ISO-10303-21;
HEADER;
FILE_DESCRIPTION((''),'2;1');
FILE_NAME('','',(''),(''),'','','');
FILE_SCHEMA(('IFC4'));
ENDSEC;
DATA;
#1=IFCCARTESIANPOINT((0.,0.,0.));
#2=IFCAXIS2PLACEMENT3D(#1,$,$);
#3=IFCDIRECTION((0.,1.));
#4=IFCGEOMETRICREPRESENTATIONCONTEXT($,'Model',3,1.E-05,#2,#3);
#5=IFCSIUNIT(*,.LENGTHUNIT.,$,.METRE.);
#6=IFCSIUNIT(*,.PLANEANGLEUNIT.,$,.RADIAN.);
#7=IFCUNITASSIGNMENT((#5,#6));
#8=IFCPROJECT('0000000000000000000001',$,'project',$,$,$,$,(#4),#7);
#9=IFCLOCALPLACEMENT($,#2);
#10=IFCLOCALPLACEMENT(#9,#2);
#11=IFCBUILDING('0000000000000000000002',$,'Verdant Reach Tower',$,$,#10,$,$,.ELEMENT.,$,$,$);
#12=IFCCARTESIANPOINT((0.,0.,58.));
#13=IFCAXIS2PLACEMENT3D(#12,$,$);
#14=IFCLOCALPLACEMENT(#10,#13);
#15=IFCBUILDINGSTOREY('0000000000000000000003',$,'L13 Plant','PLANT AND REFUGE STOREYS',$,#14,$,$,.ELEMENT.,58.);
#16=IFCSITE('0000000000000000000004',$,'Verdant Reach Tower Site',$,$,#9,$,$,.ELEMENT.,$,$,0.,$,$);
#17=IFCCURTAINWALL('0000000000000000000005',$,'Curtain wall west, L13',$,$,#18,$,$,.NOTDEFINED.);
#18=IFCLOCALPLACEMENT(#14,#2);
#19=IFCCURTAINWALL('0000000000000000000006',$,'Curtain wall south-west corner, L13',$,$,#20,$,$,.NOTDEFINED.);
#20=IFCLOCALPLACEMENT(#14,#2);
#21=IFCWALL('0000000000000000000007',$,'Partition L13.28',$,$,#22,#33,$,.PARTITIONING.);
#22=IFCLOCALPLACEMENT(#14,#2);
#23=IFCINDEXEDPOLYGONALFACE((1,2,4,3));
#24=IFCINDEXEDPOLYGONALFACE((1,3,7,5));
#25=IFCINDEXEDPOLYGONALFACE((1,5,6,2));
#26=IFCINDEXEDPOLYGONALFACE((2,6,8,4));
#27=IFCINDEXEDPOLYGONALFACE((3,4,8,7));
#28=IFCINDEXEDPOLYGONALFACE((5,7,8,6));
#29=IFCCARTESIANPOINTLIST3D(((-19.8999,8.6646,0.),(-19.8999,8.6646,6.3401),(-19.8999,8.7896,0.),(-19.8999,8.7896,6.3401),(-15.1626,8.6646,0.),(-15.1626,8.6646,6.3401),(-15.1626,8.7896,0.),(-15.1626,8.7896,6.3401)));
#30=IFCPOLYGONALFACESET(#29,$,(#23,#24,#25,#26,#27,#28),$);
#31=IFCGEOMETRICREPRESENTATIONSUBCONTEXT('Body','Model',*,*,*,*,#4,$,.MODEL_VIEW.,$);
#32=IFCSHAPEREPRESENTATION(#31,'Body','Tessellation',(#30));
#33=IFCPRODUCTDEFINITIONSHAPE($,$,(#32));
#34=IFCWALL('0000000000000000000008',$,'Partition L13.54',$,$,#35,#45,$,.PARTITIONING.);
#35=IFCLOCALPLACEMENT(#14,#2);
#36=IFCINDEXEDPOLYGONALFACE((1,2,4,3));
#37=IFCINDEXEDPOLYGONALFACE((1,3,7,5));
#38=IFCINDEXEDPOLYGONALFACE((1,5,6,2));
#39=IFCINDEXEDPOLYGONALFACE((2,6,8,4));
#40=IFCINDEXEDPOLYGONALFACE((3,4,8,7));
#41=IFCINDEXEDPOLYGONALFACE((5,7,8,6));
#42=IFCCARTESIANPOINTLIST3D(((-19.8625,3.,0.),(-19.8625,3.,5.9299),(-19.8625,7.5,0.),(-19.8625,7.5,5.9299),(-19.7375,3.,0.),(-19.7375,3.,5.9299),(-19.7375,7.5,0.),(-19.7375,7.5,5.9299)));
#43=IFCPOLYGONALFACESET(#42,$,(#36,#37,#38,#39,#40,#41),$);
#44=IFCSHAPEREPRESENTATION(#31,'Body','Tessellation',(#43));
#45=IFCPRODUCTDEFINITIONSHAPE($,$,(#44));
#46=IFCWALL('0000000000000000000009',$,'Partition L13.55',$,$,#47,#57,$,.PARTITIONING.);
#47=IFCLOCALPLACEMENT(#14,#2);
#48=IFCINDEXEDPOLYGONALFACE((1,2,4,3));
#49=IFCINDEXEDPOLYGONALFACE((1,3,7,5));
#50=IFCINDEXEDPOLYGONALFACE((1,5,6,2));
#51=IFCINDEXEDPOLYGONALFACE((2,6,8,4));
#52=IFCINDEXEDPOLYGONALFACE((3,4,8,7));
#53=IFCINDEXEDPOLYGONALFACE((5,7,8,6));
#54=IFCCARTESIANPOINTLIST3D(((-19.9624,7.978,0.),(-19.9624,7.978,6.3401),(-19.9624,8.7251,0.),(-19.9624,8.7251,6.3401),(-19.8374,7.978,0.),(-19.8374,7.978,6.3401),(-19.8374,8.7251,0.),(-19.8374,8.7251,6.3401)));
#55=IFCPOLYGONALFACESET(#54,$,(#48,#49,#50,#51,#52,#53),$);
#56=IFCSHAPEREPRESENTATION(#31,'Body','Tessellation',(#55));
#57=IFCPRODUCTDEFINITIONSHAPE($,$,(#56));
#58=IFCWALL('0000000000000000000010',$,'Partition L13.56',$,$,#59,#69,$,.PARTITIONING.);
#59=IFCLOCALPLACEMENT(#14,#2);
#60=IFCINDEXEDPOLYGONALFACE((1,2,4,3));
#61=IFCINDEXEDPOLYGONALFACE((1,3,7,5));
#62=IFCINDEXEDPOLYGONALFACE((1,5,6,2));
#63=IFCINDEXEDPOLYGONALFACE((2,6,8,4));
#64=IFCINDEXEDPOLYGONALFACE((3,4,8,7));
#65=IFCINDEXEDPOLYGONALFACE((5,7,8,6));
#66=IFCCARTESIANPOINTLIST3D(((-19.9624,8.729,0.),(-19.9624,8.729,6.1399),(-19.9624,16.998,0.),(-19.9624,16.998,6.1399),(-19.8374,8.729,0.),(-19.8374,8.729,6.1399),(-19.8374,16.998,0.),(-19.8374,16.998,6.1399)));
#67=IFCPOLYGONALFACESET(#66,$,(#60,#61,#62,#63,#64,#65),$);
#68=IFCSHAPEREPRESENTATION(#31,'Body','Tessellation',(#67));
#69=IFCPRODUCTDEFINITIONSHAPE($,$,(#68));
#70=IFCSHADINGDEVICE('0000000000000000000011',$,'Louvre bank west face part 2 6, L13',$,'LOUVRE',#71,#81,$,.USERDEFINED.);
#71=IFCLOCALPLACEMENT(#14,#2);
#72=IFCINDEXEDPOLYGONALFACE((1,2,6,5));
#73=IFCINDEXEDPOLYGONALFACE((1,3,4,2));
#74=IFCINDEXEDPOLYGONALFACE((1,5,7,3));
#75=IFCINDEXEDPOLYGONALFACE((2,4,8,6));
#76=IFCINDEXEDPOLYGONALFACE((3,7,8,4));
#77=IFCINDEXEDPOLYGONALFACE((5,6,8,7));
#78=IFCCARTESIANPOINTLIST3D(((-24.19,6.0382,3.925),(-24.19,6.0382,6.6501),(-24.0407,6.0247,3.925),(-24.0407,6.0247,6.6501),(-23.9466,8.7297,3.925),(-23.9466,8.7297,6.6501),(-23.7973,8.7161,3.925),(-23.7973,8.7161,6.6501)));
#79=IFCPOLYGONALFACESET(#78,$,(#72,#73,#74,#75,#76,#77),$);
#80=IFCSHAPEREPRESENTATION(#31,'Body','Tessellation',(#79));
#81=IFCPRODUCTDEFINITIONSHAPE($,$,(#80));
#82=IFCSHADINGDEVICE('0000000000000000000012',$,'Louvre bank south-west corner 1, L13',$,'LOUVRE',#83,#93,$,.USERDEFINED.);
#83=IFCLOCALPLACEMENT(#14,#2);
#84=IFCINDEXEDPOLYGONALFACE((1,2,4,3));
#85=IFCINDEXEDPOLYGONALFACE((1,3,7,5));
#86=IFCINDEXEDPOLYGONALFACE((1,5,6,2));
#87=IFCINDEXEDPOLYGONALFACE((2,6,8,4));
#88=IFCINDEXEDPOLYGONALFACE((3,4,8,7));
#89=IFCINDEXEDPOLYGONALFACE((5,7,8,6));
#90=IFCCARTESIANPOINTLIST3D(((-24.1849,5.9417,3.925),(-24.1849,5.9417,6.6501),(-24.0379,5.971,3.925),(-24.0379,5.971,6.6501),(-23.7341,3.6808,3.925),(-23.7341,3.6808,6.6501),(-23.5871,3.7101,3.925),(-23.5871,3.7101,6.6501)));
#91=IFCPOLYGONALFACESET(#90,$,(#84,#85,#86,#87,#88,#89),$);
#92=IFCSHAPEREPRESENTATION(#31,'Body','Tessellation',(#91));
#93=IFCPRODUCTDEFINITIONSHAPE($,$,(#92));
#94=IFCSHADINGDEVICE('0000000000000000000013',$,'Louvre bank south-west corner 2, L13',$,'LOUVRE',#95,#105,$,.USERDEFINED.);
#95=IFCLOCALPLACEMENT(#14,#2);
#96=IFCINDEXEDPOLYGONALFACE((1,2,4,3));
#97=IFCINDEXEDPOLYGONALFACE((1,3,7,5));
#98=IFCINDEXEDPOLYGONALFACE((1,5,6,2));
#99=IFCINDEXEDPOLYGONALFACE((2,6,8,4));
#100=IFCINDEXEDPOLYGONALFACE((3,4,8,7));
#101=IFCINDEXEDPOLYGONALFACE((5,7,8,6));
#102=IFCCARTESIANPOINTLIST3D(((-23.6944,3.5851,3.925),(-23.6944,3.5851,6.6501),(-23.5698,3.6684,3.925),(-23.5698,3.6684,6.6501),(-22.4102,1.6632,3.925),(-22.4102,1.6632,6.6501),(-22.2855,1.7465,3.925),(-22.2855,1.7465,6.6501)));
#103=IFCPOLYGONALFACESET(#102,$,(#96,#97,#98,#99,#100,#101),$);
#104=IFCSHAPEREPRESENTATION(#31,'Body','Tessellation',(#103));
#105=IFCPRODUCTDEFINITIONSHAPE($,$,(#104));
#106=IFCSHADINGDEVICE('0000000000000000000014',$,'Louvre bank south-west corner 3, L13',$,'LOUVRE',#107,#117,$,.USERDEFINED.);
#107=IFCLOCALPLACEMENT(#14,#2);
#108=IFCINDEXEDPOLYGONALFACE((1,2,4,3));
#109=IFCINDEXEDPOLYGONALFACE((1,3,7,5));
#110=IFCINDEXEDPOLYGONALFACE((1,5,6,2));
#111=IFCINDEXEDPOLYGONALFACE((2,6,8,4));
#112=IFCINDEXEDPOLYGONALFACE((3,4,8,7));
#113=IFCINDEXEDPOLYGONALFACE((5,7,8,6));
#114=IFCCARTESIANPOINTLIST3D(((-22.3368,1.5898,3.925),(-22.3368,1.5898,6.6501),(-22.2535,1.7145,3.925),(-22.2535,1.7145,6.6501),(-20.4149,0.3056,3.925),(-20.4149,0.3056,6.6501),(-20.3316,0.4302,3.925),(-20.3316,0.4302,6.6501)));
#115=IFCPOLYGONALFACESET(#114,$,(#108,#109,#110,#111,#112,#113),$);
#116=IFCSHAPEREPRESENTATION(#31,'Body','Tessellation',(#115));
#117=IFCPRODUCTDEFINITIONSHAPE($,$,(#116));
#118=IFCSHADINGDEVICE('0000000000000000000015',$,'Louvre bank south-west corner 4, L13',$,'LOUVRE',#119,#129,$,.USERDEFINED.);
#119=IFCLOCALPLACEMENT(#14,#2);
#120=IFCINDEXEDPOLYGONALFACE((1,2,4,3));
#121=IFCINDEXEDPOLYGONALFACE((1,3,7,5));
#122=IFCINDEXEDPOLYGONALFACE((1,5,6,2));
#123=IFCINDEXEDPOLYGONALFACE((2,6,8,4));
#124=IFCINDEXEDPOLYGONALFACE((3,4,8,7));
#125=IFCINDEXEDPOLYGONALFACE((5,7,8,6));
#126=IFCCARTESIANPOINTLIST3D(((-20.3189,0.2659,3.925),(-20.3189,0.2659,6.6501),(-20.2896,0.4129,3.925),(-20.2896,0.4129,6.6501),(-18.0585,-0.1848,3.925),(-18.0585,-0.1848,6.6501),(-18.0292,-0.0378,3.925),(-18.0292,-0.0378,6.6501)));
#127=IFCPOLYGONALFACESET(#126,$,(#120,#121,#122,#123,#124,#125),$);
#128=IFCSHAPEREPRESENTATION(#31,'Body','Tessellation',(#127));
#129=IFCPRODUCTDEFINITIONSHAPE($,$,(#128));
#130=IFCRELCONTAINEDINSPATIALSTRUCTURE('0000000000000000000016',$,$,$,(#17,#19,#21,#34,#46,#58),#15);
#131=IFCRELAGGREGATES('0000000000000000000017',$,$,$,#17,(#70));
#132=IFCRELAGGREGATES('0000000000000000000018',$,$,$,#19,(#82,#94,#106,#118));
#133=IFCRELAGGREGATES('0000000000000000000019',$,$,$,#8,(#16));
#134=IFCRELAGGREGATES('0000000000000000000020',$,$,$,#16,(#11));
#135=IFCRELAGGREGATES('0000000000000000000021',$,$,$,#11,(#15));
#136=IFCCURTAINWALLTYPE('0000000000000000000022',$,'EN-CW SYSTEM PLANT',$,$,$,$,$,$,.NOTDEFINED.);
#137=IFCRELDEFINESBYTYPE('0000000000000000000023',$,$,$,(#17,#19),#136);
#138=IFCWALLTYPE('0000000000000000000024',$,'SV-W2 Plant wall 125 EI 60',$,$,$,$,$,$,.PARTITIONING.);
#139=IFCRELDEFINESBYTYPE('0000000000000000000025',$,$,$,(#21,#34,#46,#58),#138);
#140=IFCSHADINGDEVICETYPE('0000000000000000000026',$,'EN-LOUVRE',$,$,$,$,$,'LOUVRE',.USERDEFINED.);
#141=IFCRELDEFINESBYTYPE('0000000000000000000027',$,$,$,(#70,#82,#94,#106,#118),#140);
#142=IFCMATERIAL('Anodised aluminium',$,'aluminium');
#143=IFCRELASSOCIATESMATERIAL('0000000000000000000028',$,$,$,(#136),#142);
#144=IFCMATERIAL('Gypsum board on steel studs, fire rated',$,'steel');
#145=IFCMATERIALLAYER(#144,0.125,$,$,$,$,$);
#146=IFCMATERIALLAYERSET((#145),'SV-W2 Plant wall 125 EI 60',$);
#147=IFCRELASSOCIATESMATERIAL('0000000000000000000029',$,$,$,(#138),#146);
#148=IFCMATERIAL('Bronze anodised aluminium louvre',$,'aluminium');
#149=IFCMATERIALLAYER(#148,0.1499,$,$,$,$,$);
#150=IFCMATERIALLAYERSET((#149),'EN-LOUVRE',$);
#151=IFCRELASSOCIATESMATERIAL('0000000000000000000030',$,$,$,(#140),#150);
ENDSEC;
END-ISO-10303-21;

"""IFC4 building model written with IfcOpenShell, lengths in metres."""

from ifc_helpers import new_model, si_unit, direction, frame, frame_2d, origin, origin_2d, place, context, subcontext, project, spatial, rectangle, extrude, material, layer, layer_set, type_object, element, aggregate, save


model = new_model("IFC4")

# Units and contexts
model_context = context("Model", 3, precision=1e-05, world=origin(), true_north=direction((0.0, 1.0)))
body_context = subcontext(model_context, "Body", "Model", "MODEL_VIEW")
ifc_project = project(units=[si_unit("LENGTHUNIT", "METRE"), si_unit("PLANEANGLEUNIT", "RADIAN")], contexts=[model_context])

# Site, building, storey
site_placement = place(None, origin())
site = spatial("IfcSite", under=ifc_project, at=site_placement, Name="Verdant Reach Tower Site", CompositionType="ELEMENT", RefElevation=0.0)
building_placement = place(site_placement, origin())
building = spatial("IfcBuilding", under=site, at=building_placement, Name="Verdant Reach Tower", CompositionType="ELEMENT")
storey_placement = place(building_placement, frame((0.0, 0.0, 58.0)))
storey = spatial("IfcBuildingStorey", under=building, at=storey_placement, Name="L13 Plant", Description="PLANT AND REFUGE STOREYS", CompositionType="ELEMENT", Elevation=58.0)

# Curtain wall
ifc_material_1 = material(Name="Anodised aluminium", Category="aluminium")
curtain_wall_type = type_object("IfcCurtainWallType", Name="EN-CW SYSTEM PLANT", PredefinedType="NOTDEFINED", material=ifc_material_1)
curtain_wall_1_placement = place(storey_placement, origin())
curtain_wall_1 = element("IfcCurtainWall", 1, at=curtain_wall_1_placement, inside=storey, type_object=curtain_wall_type, Name="Curtain wall west, L13", PredefinedType="NOTDEFINED")

# Curtain wall
curtain_wall_2_placement = place(storey_placement, origin())
curtain_wall_2 = element("IfcCurtainWall", 2, at=curtain_wall_2_placement, inside=storey, type_object=curtain_wall_type, Name="Curtain wall south-west corner, L13", PredefinedType="NOTDEFINED")

# Walls
ifc_material_2 = material(Name="Gypsum board on steel studs, fire rated", Category="steel")
ifc_layer_1 = layer(ifc_material_2, 0.125)
ifc_layer_set_1 = layer_set([ifc_layer_1], Name="SV-W2 Plant wall 125 EI 60")
wall_type = type_object("IfcWallType", Name="SV-W2 Plant wall 125 EI 60", PredefinedType="PARTITIONING", material=ifc_layer_set_1)
wall_1_placement = place(storey_placement, frame((-19.8999, 8.7271, 0.0), z_axis=(0.0, 0.0, 1.0), x_axis=(1.0, 0.0, 0.0)))
element("IfcWall", 3, at=wall_1_placement, inside=storey, type_object=wall_type, Name="Partition L13.28", PredefinedType="PARTITIONING", context=body_context, shape_type="SweptSolid", body=[
    extrude(rectangle(XDim=4.7373, YDim=0.125, at=frame_2d((2.3687, 0.0))), origin(), (0.0, 0.0, 1.0), 6.3401),
])
wall_2_placement = place(storey_placement, frame((-19.8, 3.0, 0.0), z_axis=(0.0, 0.0, 1.0), x_axis=(0.0, 1.0, 0.0)))
element("IfcWall", 4, at=wall_2_placement, inside=storey, type_object=wall_type, Name="Partition L13.54", PredefinedType="PARTITIONING", context=body_context, shape_type="SweptSolid", body=[
    extrude(rectangle(XDim=4.5, YDim=0.125, at=frame_2d((2.25, 0.0))), origin(), (0.0, 0.0, 1.0), 5.9299),
])
wall_3_placement = place(storey_placement, frame((-19.8999, 7.978, 0.0), z_axis=(0.0, 0.0, 1.0), x_axis=(0.0, 1.0, 0.0)))
element("IfcWall", 5, at=wall_3_placement, inside=storey, type_object=wall_type, Name="Partition L13.55", PredefinedType="PARTITIONING", context=body_context, shape_type="SweptSolid", body=[
    extrude(rectangle(XDim=0.7471, YDim=0.125, at=frame_2d((0.3735, 0.0))), origin(), (0.0, 0.0, 1.0), 6.3401),
])
wall_4_placement = place(storey_placement, frame((-19.8999, 8.729, 0.0), z_axis=(0.0, 0.0, 1.0), x_axis=(0.0, 1.0, 0.0)))
element("IfcWall", 6, at=wall_4_placement, inside=storey, type_object=wall_type, Name="Partition L13.56", PredefinedType="PARTITIONING", context=body_context, shape_type="SweptSolid", body=[
    extrude(rectangle(XDim=8.269, YDim=0.125, at=frame_2d((4.1345, 0.0))), origin(), (0.0, 0.0, 1.0), 6.1399),
])

# Shading devices
ifc_material_3 = material(Name="Bronze anodised aluminium louvre", Category="aluminium")
ifc_layer_2 = layer(ifc_material_3, 0.1499)
ifc_layer_set_2 = layer_set([ifc_layer_2], Name="EN-LOUVRE")
shading_device_type = type_object("IfcShadingDeviceType", Name="EN-LOUVRE", ElementType="LOUVRE", PredefinedType="USERDEFINED", material=ifc_layer_set_2)
shading_device_1_placement = place(storey_placement, frame((-23.9937, 7.3772, 3.925), z_axis=(0.0, 0.0, 1.0), x_axis=(-0.090097, -0.995933, 0.0)))
shading_device_1 = element("IfcShadingDevice", 7, at=shading_device_1_placement, type_object=shading_device_type, Name="Louvre bank west face part 2 6, L13", ObjectType="LOUVRE", PredefinedType="USERDEFINED", context=body_context, shape_type="SweptSolid", body=[
    extrude(rectangle(XDim=2.7024, YDim=0.1499, at=origin_2d()), origin(), (0.0, 0.0, 1.0), 2.7251),
])
aggregate(curtain_wall_1, [shading_device_1])
shading_device_2_placement = place(storey_placement, frame((-23.886, 4.8259, 3.925), z_axis=(0.0, 0.0, 1.0), x_axis=(0.195519, -0.9807, 0.0)))
shading_device_2 = element("IfcShadingDevice", 8, at=shading_device_2_placement, type_object=shading_device_type, Name="Louvre bank south-west corner 1, L13", ObjectType="LOUVRE", PredefinedType="USERDEFINED", context=body_context, shape_type="SweptSolid", body=[
    extrude(rectangle(XDim=2.3054, YDim=0.1499, at=origin_2d()), origin(), (0.0, 0.0, 1.0), 2.7251),
])
shading_device_3_placement = place(storey_placement, frame((-22.99, 2.6658, 3.925), z_axis=(0.0, 0.0, 1.0), x_axis=(0.555596, -0.831452, 0.0)))
shading_device_3 = element("IfcShadingDevice", 9, at=shading_device_3_placement, type_object=shading_device_type, Name="Louvre bank south-west corner 2, L13", ObjectType="LOUVRE", PredefinedType="USERDEFINED", context=body_context, shape_type="SweptSolid", body=[
    extrude(rectangle(XDim=2.3115, YDim=0.1499, at=origin_2d()), origin(), (0.0, 0.0, 1.0), 2.7251),
])
shading_device_4_placement = place(storey_placement, frame((-21.3342, 1.01, 3.925), z_axis=(0.0, 0.0, 1.0), x_axis=(0.831452, -0.555596, 0.0)))
shading_device_4 = element("IfcShadingDevice", 10, at=shading_device_4_placement, type_object=shading_device_type, Name="Louvre bank south-west corner 3, L13", ObjectType="LOUVRE", PredefinedType="USERDEFINED", context=body_context, shape_type="SweptSolid", body=[
    extrude(rectangle(XDim=2.3115, YDim=0.1499, at=origin_2d()), origin(), (0.0, 0.0, 1.0), 2.7251),
])
shading_device_5_placement = place(storey_placement, frame((-19.1741, 0.114, 3.925), z_axis=(0.0, 0.0, 1.0), x_axis=(0.980695, -0.195545, 0.0)))
shading_device_5 = element("IfcShadingDevice", 11, at=shading_device_5_placement, type_object=shading_device_type, Name="Louvre bank south-west corner 4, L13", ObjectType="LOUVRE", PredefinedType="USERDEFINED", context=body_context, shape_type="SweptSolid", body=[
    extrude(rectangle(XDim=2.3049, YDim=0.1499, at=origin_2d()), origin(), (0.0, 0.0, 1.0), 2.7251),
])
aggregate(curtain_wall_2, [shading_device_2, shading_device_3, shading_device_4, shading_device_5])

save(model, "model.ifc")
